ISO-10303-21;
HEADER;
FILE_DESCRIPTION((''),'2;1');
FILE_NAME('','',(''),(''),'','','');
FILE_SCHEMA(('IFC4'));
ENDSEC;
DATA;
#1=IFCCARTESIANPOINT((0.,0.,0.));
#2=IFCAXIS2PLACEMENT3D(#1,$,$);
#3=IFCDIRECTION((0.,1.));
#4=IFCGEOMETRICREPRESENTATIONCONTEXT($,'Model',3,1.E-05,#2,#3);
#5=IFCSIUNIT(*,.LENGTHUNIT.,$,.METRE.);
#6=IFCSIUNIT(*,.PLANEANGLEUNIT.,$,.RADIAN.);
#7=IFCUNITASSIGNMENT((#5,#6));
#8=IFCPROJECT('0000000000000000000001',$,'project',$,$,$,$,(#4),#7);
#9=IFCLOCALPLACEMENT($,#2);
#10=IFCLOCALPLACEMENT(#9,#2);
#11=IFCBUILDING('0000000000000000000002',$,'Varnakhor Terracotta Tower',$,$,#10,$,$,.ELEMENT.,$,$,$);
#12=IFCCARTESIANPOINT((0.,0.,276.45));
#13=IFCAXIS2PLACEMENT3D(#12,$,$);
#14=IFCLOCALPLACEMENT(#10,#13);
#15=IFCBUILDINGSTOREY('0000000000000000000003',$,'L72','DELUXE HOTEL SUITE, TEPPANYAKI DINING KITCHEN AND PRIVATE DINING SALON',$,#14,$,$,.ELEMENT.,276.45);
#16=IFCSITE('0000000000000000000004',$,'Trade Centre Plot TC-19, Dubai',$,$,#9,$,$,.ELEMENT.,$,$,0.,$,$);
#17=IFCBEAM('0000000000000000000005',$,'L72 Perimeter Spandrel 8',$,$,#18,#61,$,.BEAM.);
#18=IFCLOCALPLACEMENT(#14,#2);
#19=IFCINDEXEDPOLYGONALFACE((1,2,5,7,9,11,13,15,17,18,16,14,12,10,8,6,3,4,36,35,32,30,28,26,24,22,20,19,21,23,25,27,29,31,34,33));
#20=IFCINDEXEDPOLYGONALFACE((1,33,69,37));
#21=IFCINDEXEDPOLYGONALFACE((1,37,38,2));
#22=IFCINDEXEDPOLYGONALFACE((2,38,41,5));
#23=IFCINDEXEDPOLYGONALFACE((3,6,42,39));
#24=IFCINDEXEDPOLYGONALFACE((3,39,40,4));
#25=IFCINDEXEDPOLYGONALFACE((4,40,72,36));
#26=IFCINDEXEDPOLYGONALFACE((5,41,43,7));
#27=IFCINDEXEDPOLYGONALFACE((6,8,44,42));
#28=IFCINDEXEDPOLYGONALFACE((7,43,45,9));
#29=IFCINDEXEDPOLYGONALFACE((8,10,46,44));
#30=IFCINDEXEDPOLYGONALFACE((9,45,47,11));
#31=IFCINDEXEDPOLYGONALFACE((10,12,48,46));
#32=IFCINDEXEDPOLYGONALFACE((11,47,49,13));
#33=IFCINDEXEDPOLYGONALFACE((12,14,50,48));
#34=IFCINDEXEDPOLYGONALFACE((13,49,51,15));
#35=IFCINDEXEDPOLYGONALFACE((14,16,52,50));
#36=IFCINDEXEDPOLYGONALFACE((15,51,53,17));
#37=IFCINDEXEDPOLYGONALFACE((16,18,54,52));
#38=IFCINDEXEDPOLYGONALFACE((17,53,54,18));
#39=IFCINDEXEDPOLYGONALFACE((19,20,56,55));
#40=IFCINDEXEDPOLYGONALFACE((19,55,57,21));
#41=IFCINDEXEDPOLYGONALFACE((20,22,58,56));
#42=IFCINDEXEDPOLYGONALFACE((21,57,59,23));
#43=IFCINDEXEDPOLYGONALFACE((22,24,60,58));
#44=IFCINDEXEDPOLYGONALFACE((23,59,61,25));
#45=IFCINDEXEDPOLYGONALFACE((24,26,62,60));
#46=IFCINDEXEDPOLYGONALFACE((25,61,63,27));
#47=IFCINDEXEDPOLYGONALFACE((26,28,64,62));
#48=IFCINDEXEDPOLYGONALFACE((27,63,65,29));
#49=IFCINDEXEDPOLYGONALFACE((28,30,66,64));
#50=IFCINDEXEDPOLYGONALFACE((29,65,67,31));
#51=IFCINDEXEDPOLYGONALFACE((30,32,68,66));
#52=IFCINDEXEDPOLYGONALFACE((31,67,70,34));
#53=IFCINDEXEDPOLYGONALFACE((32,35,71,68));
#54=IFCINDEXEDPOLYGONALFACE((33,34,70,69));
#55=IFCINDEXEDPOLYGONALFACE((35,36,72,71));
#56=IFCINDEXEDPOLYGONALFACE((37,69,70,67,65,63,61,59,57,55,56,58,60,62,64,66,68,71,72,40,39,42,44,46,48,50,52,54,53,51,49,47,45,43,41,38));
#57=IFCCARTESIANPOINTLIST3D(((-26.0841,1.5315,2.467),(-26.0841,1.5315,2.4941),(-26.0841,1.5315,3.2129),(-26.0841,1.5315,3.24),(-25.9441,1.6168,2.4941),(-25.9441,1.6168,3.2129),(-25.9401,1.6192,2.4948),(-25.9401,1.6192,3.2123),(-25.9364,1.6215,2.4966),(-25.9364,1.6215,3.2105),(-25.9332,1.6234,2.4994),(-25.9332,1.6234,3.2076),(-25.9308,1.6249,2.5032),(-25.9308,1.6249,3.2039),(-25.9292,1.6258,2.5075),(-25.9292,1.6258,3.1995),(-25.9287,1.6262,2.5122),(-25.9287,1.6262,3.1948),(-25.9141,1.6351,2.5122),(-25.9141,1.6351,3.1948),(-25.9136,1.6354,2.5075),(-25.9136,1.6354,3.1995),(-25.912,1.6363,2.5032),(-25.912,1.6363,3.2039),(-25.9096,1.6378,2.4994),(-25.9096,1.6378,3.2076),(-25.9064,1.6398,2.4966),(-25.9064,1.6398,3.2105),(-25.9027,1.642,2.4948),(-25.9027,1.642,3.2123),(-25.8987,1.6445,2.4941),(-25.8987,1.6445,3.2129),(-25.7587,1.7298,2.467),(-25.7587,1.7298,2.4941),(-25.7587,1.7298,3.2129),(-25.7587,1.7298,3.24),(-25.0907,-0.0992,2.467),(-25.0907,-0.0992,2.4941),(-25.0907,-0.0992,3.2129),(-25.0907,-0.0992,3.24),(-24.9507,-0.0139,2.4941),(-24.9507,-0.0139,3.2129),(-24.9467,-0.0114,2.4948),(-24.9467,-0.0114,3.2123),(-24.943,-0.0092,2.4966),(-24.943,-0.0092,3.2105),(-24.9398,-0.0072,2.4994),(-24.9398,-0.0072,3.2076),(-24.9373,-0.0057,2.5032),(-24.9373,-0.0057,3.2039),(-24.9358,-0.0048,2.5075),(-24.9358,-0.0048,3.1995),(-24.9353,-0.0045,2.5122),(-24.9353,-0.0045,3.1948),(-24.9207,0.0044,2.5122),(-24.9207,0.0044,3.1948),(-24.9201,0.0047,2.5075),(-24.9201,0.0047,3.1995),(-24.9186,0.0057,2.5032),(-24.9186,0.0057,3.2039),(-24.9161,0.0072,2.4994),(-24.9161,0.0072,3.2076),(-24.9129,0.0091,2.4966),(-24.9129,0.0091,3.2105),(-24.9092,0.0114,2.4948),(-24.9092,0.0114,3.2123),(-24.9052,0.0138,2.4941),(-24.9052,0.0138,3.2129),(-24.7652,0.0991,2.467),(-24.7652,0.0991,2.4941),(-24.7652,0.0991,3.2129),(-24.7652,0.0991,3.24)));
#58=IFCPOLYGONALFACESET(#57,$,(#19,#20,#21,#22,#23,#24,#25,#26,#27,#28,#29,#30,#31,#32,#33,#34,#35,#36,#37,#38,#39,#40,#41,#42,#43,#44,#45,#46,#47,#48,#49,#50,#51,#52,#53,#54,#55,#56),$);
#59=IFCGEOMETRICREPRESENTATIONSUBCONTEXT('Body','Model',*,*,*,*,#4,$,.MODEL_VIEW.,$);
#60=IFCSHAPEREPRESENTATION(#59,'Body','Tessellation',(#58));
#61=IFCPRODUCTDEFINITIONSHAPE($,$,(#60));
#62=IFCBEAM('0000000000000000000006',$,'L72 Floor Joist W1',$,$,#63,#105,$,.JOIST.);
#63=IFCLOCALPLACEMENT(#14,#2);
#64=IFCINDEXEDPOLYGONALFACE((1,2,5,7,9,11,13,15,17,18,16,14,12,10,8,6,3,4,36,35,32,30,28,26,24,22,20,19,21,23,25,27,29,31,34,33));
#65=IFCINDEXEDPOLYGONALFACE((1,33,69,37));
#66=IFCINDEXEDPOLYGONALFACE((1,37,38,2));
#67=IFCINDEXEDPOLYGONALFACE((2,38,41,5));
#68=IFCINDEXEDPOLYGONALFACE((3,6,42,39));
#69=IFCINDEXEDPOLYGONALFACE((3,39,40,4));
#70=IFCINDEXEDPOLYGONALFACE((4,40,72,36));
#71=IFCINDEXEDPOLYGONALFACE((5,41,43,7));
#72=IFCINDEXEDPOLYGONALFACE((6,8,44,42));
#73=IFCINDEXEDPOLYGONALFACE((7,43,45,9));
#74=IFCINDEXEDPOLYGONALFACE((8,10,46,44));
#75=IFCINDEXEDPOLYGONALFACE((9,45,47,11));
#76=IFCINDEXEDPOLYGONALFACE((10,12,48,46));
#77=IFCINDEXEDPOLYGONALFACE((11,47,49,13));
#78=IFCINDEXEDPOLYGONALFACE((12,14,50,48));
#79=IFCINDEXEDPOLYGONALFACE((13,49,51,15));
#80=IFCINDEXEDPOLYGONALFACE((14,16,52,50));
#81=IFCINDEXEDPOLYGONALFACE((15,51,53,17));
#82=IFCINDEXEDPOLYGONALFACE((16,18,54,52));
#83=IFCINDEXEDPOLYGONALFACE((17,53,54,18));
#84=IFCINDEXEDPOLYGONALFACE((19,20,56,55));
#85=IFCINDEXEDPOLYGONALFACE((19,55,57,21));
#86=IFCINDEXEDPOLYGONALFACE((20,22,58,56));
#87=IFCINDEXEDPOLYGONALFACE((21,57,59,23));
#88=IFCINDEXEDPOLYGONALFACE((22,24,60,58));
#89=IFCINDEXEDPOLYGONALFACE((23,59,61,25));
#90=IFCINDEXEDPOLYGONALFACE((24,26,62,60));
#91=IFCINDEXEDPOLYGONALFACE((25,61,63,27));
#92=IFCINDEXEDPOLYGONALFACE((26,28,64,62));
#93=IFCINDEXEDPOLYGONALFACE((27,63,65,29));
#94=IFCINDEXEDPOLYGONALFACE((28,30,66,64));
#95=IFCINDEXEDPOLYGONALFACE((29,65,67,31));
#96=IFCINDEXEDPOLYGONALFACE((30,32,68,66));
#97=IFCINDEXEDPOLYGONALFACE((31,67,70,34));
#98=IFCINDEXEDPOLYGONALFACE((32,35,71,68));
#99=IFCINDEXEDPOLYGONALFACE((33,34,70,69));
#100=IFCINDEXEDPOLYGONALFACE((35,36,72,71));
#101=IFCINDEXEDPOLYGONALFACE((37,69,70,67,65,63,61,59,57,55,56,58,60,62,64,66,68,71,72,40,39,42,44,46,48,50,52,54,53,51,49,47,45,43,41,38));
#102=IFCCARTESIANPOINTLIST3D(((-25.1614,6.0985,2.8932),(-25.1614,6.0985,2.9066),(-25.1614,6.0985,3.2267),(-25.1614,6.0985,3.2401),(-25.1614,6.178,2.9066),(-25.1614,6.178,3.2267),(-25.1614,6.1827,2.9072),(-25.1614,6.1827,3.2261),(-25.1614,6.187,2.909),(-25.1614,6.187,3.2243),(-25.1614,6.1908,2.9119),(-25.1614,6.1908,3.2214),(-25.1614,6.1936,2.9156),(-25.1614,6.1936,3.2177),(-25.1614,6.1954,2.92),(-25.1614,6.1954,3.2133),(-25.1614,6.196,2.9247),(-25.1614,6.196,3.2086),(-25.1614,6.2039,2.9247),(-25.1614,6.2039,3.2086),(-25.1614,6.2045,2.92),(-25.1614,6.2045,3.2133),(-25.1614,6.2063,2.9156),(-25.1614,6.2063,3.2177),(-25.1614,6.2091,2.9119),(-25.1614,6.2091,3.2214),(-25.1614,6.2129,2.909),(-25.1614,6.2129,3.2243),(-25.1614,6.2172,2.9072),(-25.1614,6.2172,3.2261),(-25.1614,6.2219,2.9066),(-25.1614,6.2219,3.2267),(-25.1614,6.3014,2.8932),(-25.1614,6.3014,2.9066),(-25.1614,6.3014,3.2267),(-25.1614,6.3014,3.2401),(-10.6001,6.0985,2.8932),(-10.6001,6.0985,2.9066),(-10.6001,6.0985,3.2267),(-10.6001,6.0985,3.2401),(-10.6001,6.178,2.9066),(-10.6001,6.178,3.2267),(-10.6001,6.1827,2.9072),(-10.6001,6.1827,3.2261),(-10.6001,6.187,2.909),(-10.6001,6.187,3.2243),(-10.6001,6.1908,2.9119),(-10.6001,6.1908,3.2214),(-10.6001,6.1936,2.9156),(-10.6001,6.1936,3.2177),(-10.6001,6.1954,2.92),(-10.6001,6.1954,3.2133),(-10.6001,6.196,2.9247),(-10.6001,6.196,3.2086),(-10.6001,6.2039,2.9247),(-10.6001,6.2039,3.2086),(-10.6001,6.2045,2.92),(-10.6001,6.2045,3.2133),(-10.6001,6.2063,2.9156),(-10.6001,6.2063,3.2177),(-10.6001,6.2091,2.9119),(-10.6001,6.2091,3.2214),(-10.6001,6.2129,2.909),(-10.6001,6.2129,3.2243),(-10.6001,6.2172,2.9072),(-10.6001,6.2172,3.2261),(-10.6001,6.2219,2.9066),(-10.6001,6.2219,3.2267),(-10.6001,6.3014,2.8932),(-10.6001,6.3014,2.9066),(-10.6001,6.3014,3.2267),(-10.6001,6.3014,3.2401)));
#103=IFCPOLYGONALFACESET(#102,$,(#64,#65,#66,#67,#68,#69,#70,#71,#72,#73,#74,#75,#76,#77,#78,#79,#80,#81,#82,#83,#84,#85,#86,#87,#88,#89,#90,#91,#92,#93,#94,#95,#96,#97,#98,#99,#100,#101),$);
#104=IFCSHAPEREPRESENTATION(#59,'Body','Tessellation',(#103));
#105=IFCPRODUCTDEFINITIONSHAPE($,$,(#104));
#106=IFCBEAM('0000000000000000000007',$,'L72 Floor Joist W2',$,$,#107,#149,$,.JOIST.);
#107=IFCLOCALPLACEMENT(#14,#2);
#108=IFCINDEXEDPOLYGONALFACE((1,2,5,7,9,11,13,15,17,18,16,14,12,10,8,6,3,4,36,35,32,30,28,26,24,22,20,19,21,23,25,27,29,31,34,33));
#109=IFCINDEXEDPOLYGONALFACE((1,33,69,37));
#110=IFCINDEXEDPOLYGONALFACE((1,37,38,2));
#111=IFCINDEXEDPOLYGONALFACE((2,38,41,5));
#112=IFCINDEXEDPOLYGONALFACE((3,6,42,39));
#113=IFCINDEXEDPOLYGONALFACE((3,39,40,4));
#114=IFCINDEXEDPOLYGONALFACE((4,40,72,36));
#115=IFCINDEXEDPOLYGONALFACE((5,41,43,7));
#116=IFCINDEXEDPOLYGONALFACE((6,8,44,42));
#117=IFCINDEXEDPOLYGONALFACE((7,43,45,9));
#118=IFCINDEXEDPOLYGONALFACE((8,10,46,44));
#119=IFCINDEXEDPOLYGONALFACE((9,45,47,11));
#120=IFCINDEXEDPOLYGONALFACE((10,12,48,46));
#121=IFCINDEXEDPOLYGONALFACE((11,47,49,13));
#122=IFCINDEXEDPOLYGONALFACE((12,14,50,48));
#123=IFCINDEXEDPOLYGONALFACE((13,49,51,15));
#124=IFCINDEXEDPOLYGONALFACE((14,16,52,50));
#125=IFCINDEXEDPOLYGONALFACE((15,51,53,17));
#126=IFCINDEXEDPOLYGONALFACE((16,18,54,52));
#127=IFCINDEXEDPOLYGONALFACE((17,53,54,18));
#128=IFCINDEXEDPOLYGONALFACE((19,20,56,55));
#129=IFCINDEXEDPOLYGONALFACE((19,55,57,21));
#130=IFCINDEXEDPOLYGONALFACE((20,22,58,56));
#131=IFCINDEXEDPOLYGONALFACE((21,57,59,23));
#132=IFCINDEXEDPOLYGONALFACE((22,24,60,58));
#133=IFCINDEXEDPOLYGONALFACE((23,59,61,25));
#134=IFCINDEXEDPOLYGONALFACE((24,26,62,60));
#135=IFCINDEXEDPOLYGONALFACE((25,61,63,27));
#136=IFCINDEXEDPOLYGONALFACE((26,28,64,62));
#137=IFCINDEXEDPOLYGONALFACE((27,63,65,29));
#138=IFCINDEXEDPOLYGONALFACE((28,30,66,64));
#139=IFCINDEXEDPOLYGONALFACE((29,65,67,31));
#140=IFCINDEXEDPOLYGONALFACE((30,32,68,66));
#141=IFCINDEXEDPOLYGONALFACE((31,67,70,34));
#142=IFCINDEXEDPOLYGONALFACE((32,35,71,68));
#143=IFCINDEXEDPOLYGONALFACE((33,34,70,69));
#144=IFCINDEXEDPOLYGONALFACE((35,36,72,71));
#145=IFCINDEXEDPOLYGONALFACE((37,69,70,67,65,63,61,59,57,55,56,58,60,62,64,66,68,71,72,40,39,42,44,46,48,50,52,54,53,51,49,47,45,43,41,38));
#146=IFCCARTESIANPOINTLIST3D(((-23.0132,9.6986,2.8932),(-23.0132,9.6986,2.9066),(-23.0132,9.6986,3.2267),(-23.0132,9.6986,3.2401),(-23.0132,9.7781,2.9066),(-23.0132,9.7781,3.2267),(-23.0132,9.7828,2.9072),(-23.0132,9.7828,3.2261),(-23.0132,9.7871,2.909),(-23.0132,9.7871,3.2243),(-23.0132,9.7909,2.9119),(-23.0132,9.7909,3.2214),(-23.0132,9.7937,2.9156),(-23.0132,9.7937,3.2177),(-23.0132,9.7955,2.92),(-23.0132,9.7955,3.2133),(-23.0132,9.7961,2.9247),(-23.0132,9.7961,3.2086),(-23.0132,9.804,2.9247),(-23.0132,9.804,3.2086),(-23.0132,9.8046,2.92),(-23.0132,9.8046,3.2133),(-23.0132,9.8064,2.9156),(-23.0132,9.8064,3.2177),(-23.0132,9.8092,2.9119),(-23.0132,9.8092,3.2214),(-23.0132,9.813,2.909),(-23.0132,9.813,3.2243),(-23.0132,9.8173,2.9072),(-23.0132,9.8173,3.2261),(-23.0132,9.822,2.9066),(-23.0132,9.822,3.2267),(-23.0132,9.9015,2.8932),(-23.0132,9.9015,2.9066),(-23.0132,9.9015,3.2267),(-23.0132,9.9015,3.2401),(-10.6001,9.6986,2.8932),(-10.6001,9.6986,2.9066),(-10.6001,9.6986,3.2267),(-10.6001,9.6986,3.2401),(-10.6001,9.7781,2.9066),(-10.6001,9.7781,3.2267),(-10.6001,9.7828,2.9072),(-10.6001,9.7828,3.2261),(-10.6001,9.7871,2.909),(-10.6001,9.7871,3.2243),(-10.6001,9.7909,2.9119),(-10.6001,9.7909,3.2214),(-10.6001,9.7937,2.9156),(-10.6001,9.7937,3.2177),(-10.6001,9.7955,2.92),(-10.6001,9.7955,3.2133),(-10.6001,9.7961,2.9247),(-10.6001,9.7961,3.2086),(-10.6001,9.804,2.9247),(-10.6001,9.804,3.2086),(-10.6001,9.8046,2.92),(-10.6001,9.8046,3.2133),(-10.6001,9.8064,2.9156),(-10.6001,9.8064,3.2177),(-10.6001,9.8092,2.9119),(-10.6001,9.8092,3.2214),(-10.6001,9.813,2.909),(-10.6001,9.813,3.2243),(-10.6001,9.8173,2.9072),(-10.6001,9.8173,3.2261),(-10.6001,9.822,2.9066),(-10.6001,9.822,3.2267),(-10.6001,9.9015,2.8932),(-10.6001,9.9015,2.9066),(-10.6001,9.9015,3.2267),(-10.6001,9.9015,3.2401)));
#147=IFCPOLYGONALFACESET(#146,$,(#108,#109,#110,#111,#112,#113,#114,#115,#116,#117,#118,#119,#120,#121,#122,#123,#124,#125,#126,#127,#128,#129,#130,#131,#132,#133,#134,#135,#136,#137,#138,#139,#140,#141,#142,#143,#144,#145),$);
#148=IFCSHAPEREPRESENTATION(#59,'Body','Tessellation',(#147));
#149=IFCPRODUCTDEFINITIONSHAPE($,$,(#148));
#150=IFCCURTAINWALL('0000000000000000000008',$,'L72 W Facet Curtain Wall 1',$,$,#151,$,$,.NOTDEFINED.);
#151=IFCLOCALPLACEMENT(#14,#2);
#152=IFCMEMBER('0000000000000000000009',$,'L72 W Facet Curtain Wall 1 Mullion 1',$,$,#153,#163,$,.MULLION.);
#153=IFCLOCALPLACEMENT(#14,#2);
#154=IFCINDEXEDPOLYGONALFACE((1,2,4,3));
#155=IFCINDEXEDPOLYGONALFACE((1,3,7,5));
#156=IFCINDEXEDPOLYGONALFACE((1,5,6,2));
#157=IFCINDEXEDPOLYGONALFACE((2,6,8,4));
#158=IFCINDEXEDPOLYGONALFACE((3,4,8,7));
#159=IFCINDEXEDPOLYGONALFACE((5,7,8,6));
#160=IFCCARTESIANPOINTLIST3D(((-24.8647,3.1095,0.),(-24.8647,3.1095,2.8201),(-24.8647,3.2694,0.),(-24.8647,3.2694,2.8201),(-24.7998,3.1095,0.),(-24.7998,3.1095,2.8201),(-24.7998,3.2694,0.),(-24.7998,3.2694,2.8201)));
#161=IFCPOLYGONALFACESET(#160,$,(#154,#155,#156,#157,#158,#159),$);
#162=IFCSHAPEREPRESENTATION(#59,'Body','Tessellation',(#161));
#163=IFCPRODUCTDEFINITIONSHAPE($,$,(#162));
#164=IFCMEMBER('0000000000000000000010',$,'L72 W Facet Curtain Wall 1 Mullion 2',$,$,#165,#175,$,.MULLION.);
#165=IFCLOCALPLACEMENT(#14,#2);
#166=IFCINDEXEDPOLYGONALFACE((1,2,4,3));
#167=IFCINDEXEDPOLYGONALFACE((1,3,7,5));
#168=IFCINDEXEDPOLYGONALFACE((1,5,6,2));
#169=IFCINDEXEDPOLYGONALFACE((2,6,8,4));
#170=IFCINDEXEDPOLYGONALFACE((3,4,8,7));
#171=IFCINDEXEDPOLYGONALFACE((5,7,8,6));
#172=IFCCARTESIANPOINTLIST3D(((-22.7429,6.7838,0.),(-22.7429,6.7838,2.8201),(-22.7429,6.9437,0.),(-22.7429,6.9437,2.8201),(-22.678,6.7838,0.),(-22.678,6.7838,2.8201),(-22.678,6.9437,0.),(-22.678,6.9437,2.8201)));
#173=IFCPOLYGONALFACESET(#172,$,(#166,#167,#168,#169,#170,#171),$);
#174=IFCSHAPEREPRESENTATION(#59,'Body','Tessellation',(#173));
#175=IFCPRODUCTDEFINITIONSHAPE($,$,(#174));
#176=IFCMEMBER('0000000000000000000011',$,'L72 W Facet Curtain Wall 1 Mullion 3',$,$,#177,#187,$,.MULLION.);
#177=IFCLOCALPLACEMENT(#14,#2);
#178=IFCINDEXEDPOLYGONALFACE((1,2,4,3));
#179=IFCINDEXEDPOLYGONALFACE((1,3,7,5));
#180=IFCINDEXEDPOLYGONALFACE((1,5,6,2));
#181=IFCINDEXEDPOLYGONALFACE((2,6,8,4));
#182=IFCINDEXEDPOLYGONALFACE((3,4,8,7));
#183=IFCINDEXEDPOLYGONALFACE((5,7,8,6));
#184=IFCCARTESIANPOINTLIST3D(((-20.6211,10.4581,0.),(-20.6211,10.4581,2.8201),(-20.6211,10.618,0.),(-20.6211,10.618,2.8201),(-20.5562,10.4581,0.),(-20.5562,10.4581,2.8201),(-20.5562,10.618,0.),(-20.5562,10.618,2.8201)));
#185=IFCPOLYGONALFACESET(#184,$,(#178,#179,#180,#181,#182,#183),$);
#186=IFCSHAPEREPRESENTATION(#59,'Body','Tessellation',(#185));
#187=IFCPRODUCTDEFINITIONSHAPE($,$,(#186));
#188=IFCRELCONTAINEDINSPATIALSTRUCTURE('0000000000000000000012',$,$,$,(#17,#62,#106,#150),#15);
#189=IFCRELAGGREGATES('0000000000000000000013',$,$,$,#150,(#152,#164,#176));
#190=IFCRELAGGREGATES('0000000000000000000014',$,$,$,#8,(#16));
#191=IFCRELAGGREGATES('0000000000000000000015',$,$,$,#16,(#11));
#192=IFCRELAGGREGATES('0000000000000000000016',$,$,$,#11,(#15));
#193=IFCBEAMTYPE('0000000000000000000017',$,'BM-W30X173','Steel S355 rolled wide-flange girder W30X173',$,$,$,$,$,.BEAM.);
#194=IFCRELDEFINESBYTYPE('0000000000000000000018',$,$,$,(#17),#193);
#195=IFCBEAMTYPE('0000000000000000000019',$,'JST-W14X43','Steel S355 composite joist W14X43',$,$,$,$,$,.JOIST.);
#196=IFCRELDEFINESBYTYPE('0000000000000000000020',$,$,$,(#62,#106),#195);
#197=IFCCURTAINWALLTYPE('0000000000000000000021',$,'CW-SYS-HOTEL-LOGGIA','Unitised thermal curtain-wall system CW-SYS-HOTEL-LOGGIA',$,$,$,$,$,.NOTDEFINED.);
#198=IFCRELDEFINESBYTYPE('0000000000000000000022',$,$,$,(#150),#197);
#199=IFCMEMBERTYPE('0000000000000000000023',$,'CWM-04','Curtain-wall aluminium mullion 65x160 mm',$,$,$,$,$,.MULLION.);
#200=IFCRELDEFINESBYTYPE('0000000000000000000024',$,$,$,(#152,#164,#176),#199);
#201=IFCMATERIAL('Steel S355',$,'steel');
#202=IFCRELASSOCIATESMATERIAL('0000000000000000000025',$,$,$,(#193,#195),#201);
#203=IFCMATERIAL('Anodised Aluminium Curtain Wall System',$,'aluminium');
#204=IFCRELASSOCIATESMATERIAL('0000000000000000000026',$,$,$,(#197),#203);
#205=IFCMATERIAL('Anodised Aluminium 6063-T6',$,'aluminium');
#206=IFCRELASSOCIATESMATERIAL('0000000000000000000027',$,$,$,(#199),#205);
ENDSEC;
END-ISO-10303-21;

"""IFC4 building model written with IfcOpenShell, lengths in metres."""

from ifc_helpers import new_model, si_unit, direction, frame, origin, origin_2d, place, context, subcontext, project, spatial, rectangle, i_section, extrude, source, transform, mapped, material, material_profile, profile_set, type_object, type_shapes, element, aggregate, save


model = new_model("IFC4")

# Units and contexts
model_context = context("Model", 3, precision=1e-05, world=origin(), true_north=direction((0.0, 1.0)))
body_context = subcontext(model_context, "Body", "Model", "MODEL_VIEW")
ifc_project = project(units=[si_unit("LENGTHUNIT", "METRE"), si_unit("PLANEANGLEUNIT", "RADIAN")], contexts=[model_context])

# Site, building, storey
site_placement = place(None, origin())
site = spatial("IfcSite", under=ifc_project, at=site_placement, Name="Trade Centre Plot TC-19, Dubai", CompositionType="ELEMENT", RefElevation=0.0)
building_placement = place(site_placement, origin())
building = spatial("IfcBuilding", under=site, at=building_placement, Name="Varnakhor Terracotta Tower", CompositionType="ELEMENT")
storey_placement = place(building_placement, frame((0.0, 0.0, 276.45)))
storey = spatial("IfcBuildingStorey", under=building, at=storey_placement, Name="L72", Description="DELUXE HOTEL SUITE, TEPPANYAKI DINING KITCHEN AND PRIVATE DINING SALON", CompositionType="ELEMENT", Elevation=276.45)

# Shared definitions
ifc_material_1 = material(Name="Steel S355", Category="steel")

# Beams
ifc_material_profile_1 = material_profile(ifc_material_1, i_section(OverallWidth=0.3811, OverallDepth=0.7729, WebThickness=0.0171, FlangeThickness=0.0271, FilletRadius=0.0181, at=origin_2d()), Name="W30X173")
ifc_profile_set_1 = profile_set([ifc_material_profile_1], Name="Steel S355")
beam_type_1 = type_object("IfcBeamType", Name="BM-W30X173", Description="Steel S355 rolled wide-flange girder W30X173", PredefinedType="BEAM", material=ifc_profile_set_1)
shared_shape_1 = source(origin(), body_context, "Body", "SweptSolid", [
    extrude(i_section(OverallWidth=0.3811, OverallDepth=0.7729, WebThickness=0.0171, FlangeThickness=0.0271, FilletRadius=0.0181, at=origin_2d()), origin(), (0.0, 0.0, 1.0), 1.9094),
])
beam_1_placement = place(storey_placement, frame((-25.9214, 1.6306, 2.8535), z_axis=(0.520275, -0.853998, 0.0), x_axis=(0.853998, 0.520275, 0.0)))
element("IfcBeam", 1, at=beam_1_placement, inside=storey, type_object=beam_type_1, Name="L72 Perimeter Spandrel 8", PredefinedType="BEAM", context=body_context, shape_type="MappedRepresentation", body=[
    mapped(shared_shape_1, transform((0.0, 0.0, 0.0), scale=1.0)),
])
ifc_material_profile_2 = material_profile(ifc_material_1, i_section(OverallWidth=0.2029, OverallDepth=0.3469, WebThickness=0.0078, FlangeThickness=0.0134, FilletRadius=0.0181, at=origin_2d()), Name="W14X43")
ifc_profile_set_2 = profile_set([ifc_material_profile_2], Name="Steel S355")
beam_type_2 = type_object("IfcBeamType", Name="JST-W14X43", Description="Steel S355 composite joist W14X43", PredefinedType="JOIST", material=ifc_profile_set_2)
shared_shape_2 = source(origin(), body_context, "Body", "SweptSolid", [
    extrude(i_section(OverallWidth=0.2029, OverallDepth=0.3469, WebThickness=0.0078, FlangeThickness=0.0134, FilletRadius=0.0181, at=origin_2d()), origin(), (0.0, 0.0, 1.0), 14.5613),
])
beam_2_placement = place(storey_placement, frame((-25.1614, 6.2, 3.0667), z_axis=(1.0, 0.0, 0.0), x_axis=(0.0, 1.0, 0.0)))
element("IfcBeam", 2, at=beam_2_placement, inside=storey, type_object=beam_type_2, Name="L72 Floor Joist W1", PredefinedType="JOIST", context=body_context, shape_type="MappedRepresentation", body=[
    mapped(shared_shape_2, transform((0.0, 0.0, 0.0), scale=1.0)),
])
shared_shape_3 = source(origin(), body_context, "Body", "SweptSolid", [
    extrude(i_section(OverallWidth=0.2029, OverallDepth=0.3469, WebThickness=0.0078, FlangeThickness=0.0134, FilletRadius=0.0181, at=origin_2d()), origin(), (0.0, 0.0, 1.0), 12.4131),
])
beam_3_placement = place(storey_placement, frame((-23.0132, 9.8, 3.0667), z_axis=(1.0, 0.0, 0.0), x_axis=(0.0, 1.0, 0.0)))
element("IfcBeam", 3, at=beam_3_placement, inside=storey, type_object=beam_type_2, Name="L72 Floor Joist W2", PredefinedType="JOIST", context=body_context, shape_type="MappedRepresentation", body=[
    mapped(shared_shape_3, transform((0.0, 0.0, 0.0), scale=1.0)),
])

# Curtain wall, members
ifc_material_2 = material(Name="Anodised Aluminium Curtain Wall System", Category="aluminium")
curtain_wall_type = type_object("IfcCurtainWallType", Name="CW-SYS-HOTEL-LOGGIA", Description="Unitised thermal curtain-wall system CW-SYS-HOTEL-LOGGIA", PredefinedType="NOTDEFINED", material=ifc_material_2)
curtain_wall_1_placement = place(storey_placement, origin())
curtain_wall_1 = element("IfcCurtainWall", 4, at=curtain_wall_1_placement, inside=storey, type_object=curtain_wall_type, Name="L72 W Facet Curtain Wall 1", PredefinedType="NOTDEFINED")
ifc_material_3 = material(Name="Anodised Aluminium 6063-T6", Category="aluminium")
ifc_material_profile_3 = material_profile(ifc_material_3, rectangle(XDim=0.0649, YDim=0.1599, at=origin_2d()), Name="ALU MULLION 65x160")
ifc_profile_set_3 = profile_set([ifc_material_profile_3], Name="Anodised Aluminium 6063-T6")
member_type_1 = type_object("IfcMemberType", Name="CWM-04", Description="Curtain-wall aluminium mullion 65x160 mm", PredefinedType="MULLION", material=ifc_profile_set_3)
shared_shape_4 = source(origin(), body_context, "Body", "SweptSolid", [
    extrude(rectangle(XDim=0.0649, YDim=0.1599, at=origin_2d()), origin(), (0.0, 0.0, 1.0), 2.8201),
])
type_shapes(member_type_1, [shared_shape_4])
member_1_placement = place(storey_placement, frame((-24.8323, 3.1895, 0.0), z_axis=(0.0, 0.0, 1.0), x_axis=(1.0, 0.0, 0.0)))
member_1 = element("IfcMember", 5, at=member_1_placement, type_object=member_type_1, Name="L72 W Facet Curtain Wall 1 Mullion 1", PredefinedType="MULLION", context=body_context, shape_type="MappedRepresentation", body=[
    mapped(shared_shape_4, transform((0.0, 0.0, 0.0), scale=1.0)),
])
member_2_placement = place(storey_placement, frame((-22.7104, 6.8638, 0.0), z_axis=(0.0, 0.0, 1.0), x_axis=(1.0, 0.0, 0.0)))
member_2 = element("IfcMember", 6, at=member_2_placement, type_object=member_type_1, Name="L72 W Facet Curtain Wall 1 Mullion 2", PredefinedType="MULLION", context=body_context, shape_type="MappedRepresentation", body=[
    mapped(shared_shape_4, transform((0.0, 0.0, 0.0), scale=1.0)),
])
member_3_placement = place(storey_placement, frame((-20.5886, 10.5381, 0.0), z_axis=(0.0, 0.0, 1.0), x_axis=(1.0, 0.0, 0.0)))
member_3 = element("IfcMember", 7, at=member_3_placement, type_object=member_type_1, Name="L72 W Facet Curtain Wall 1 Mullion 3", PredefinedType="MULLION", context=body_context, shape_type="MappedRepresentation", body=[
    mapped(shared_shape_4, transform((0.0, 0.0, 0.0), scale=1.0)),
])

aggregate(curtain_wall_1, [member_1, member_2, member_3])

save(model, "model.ifc")
